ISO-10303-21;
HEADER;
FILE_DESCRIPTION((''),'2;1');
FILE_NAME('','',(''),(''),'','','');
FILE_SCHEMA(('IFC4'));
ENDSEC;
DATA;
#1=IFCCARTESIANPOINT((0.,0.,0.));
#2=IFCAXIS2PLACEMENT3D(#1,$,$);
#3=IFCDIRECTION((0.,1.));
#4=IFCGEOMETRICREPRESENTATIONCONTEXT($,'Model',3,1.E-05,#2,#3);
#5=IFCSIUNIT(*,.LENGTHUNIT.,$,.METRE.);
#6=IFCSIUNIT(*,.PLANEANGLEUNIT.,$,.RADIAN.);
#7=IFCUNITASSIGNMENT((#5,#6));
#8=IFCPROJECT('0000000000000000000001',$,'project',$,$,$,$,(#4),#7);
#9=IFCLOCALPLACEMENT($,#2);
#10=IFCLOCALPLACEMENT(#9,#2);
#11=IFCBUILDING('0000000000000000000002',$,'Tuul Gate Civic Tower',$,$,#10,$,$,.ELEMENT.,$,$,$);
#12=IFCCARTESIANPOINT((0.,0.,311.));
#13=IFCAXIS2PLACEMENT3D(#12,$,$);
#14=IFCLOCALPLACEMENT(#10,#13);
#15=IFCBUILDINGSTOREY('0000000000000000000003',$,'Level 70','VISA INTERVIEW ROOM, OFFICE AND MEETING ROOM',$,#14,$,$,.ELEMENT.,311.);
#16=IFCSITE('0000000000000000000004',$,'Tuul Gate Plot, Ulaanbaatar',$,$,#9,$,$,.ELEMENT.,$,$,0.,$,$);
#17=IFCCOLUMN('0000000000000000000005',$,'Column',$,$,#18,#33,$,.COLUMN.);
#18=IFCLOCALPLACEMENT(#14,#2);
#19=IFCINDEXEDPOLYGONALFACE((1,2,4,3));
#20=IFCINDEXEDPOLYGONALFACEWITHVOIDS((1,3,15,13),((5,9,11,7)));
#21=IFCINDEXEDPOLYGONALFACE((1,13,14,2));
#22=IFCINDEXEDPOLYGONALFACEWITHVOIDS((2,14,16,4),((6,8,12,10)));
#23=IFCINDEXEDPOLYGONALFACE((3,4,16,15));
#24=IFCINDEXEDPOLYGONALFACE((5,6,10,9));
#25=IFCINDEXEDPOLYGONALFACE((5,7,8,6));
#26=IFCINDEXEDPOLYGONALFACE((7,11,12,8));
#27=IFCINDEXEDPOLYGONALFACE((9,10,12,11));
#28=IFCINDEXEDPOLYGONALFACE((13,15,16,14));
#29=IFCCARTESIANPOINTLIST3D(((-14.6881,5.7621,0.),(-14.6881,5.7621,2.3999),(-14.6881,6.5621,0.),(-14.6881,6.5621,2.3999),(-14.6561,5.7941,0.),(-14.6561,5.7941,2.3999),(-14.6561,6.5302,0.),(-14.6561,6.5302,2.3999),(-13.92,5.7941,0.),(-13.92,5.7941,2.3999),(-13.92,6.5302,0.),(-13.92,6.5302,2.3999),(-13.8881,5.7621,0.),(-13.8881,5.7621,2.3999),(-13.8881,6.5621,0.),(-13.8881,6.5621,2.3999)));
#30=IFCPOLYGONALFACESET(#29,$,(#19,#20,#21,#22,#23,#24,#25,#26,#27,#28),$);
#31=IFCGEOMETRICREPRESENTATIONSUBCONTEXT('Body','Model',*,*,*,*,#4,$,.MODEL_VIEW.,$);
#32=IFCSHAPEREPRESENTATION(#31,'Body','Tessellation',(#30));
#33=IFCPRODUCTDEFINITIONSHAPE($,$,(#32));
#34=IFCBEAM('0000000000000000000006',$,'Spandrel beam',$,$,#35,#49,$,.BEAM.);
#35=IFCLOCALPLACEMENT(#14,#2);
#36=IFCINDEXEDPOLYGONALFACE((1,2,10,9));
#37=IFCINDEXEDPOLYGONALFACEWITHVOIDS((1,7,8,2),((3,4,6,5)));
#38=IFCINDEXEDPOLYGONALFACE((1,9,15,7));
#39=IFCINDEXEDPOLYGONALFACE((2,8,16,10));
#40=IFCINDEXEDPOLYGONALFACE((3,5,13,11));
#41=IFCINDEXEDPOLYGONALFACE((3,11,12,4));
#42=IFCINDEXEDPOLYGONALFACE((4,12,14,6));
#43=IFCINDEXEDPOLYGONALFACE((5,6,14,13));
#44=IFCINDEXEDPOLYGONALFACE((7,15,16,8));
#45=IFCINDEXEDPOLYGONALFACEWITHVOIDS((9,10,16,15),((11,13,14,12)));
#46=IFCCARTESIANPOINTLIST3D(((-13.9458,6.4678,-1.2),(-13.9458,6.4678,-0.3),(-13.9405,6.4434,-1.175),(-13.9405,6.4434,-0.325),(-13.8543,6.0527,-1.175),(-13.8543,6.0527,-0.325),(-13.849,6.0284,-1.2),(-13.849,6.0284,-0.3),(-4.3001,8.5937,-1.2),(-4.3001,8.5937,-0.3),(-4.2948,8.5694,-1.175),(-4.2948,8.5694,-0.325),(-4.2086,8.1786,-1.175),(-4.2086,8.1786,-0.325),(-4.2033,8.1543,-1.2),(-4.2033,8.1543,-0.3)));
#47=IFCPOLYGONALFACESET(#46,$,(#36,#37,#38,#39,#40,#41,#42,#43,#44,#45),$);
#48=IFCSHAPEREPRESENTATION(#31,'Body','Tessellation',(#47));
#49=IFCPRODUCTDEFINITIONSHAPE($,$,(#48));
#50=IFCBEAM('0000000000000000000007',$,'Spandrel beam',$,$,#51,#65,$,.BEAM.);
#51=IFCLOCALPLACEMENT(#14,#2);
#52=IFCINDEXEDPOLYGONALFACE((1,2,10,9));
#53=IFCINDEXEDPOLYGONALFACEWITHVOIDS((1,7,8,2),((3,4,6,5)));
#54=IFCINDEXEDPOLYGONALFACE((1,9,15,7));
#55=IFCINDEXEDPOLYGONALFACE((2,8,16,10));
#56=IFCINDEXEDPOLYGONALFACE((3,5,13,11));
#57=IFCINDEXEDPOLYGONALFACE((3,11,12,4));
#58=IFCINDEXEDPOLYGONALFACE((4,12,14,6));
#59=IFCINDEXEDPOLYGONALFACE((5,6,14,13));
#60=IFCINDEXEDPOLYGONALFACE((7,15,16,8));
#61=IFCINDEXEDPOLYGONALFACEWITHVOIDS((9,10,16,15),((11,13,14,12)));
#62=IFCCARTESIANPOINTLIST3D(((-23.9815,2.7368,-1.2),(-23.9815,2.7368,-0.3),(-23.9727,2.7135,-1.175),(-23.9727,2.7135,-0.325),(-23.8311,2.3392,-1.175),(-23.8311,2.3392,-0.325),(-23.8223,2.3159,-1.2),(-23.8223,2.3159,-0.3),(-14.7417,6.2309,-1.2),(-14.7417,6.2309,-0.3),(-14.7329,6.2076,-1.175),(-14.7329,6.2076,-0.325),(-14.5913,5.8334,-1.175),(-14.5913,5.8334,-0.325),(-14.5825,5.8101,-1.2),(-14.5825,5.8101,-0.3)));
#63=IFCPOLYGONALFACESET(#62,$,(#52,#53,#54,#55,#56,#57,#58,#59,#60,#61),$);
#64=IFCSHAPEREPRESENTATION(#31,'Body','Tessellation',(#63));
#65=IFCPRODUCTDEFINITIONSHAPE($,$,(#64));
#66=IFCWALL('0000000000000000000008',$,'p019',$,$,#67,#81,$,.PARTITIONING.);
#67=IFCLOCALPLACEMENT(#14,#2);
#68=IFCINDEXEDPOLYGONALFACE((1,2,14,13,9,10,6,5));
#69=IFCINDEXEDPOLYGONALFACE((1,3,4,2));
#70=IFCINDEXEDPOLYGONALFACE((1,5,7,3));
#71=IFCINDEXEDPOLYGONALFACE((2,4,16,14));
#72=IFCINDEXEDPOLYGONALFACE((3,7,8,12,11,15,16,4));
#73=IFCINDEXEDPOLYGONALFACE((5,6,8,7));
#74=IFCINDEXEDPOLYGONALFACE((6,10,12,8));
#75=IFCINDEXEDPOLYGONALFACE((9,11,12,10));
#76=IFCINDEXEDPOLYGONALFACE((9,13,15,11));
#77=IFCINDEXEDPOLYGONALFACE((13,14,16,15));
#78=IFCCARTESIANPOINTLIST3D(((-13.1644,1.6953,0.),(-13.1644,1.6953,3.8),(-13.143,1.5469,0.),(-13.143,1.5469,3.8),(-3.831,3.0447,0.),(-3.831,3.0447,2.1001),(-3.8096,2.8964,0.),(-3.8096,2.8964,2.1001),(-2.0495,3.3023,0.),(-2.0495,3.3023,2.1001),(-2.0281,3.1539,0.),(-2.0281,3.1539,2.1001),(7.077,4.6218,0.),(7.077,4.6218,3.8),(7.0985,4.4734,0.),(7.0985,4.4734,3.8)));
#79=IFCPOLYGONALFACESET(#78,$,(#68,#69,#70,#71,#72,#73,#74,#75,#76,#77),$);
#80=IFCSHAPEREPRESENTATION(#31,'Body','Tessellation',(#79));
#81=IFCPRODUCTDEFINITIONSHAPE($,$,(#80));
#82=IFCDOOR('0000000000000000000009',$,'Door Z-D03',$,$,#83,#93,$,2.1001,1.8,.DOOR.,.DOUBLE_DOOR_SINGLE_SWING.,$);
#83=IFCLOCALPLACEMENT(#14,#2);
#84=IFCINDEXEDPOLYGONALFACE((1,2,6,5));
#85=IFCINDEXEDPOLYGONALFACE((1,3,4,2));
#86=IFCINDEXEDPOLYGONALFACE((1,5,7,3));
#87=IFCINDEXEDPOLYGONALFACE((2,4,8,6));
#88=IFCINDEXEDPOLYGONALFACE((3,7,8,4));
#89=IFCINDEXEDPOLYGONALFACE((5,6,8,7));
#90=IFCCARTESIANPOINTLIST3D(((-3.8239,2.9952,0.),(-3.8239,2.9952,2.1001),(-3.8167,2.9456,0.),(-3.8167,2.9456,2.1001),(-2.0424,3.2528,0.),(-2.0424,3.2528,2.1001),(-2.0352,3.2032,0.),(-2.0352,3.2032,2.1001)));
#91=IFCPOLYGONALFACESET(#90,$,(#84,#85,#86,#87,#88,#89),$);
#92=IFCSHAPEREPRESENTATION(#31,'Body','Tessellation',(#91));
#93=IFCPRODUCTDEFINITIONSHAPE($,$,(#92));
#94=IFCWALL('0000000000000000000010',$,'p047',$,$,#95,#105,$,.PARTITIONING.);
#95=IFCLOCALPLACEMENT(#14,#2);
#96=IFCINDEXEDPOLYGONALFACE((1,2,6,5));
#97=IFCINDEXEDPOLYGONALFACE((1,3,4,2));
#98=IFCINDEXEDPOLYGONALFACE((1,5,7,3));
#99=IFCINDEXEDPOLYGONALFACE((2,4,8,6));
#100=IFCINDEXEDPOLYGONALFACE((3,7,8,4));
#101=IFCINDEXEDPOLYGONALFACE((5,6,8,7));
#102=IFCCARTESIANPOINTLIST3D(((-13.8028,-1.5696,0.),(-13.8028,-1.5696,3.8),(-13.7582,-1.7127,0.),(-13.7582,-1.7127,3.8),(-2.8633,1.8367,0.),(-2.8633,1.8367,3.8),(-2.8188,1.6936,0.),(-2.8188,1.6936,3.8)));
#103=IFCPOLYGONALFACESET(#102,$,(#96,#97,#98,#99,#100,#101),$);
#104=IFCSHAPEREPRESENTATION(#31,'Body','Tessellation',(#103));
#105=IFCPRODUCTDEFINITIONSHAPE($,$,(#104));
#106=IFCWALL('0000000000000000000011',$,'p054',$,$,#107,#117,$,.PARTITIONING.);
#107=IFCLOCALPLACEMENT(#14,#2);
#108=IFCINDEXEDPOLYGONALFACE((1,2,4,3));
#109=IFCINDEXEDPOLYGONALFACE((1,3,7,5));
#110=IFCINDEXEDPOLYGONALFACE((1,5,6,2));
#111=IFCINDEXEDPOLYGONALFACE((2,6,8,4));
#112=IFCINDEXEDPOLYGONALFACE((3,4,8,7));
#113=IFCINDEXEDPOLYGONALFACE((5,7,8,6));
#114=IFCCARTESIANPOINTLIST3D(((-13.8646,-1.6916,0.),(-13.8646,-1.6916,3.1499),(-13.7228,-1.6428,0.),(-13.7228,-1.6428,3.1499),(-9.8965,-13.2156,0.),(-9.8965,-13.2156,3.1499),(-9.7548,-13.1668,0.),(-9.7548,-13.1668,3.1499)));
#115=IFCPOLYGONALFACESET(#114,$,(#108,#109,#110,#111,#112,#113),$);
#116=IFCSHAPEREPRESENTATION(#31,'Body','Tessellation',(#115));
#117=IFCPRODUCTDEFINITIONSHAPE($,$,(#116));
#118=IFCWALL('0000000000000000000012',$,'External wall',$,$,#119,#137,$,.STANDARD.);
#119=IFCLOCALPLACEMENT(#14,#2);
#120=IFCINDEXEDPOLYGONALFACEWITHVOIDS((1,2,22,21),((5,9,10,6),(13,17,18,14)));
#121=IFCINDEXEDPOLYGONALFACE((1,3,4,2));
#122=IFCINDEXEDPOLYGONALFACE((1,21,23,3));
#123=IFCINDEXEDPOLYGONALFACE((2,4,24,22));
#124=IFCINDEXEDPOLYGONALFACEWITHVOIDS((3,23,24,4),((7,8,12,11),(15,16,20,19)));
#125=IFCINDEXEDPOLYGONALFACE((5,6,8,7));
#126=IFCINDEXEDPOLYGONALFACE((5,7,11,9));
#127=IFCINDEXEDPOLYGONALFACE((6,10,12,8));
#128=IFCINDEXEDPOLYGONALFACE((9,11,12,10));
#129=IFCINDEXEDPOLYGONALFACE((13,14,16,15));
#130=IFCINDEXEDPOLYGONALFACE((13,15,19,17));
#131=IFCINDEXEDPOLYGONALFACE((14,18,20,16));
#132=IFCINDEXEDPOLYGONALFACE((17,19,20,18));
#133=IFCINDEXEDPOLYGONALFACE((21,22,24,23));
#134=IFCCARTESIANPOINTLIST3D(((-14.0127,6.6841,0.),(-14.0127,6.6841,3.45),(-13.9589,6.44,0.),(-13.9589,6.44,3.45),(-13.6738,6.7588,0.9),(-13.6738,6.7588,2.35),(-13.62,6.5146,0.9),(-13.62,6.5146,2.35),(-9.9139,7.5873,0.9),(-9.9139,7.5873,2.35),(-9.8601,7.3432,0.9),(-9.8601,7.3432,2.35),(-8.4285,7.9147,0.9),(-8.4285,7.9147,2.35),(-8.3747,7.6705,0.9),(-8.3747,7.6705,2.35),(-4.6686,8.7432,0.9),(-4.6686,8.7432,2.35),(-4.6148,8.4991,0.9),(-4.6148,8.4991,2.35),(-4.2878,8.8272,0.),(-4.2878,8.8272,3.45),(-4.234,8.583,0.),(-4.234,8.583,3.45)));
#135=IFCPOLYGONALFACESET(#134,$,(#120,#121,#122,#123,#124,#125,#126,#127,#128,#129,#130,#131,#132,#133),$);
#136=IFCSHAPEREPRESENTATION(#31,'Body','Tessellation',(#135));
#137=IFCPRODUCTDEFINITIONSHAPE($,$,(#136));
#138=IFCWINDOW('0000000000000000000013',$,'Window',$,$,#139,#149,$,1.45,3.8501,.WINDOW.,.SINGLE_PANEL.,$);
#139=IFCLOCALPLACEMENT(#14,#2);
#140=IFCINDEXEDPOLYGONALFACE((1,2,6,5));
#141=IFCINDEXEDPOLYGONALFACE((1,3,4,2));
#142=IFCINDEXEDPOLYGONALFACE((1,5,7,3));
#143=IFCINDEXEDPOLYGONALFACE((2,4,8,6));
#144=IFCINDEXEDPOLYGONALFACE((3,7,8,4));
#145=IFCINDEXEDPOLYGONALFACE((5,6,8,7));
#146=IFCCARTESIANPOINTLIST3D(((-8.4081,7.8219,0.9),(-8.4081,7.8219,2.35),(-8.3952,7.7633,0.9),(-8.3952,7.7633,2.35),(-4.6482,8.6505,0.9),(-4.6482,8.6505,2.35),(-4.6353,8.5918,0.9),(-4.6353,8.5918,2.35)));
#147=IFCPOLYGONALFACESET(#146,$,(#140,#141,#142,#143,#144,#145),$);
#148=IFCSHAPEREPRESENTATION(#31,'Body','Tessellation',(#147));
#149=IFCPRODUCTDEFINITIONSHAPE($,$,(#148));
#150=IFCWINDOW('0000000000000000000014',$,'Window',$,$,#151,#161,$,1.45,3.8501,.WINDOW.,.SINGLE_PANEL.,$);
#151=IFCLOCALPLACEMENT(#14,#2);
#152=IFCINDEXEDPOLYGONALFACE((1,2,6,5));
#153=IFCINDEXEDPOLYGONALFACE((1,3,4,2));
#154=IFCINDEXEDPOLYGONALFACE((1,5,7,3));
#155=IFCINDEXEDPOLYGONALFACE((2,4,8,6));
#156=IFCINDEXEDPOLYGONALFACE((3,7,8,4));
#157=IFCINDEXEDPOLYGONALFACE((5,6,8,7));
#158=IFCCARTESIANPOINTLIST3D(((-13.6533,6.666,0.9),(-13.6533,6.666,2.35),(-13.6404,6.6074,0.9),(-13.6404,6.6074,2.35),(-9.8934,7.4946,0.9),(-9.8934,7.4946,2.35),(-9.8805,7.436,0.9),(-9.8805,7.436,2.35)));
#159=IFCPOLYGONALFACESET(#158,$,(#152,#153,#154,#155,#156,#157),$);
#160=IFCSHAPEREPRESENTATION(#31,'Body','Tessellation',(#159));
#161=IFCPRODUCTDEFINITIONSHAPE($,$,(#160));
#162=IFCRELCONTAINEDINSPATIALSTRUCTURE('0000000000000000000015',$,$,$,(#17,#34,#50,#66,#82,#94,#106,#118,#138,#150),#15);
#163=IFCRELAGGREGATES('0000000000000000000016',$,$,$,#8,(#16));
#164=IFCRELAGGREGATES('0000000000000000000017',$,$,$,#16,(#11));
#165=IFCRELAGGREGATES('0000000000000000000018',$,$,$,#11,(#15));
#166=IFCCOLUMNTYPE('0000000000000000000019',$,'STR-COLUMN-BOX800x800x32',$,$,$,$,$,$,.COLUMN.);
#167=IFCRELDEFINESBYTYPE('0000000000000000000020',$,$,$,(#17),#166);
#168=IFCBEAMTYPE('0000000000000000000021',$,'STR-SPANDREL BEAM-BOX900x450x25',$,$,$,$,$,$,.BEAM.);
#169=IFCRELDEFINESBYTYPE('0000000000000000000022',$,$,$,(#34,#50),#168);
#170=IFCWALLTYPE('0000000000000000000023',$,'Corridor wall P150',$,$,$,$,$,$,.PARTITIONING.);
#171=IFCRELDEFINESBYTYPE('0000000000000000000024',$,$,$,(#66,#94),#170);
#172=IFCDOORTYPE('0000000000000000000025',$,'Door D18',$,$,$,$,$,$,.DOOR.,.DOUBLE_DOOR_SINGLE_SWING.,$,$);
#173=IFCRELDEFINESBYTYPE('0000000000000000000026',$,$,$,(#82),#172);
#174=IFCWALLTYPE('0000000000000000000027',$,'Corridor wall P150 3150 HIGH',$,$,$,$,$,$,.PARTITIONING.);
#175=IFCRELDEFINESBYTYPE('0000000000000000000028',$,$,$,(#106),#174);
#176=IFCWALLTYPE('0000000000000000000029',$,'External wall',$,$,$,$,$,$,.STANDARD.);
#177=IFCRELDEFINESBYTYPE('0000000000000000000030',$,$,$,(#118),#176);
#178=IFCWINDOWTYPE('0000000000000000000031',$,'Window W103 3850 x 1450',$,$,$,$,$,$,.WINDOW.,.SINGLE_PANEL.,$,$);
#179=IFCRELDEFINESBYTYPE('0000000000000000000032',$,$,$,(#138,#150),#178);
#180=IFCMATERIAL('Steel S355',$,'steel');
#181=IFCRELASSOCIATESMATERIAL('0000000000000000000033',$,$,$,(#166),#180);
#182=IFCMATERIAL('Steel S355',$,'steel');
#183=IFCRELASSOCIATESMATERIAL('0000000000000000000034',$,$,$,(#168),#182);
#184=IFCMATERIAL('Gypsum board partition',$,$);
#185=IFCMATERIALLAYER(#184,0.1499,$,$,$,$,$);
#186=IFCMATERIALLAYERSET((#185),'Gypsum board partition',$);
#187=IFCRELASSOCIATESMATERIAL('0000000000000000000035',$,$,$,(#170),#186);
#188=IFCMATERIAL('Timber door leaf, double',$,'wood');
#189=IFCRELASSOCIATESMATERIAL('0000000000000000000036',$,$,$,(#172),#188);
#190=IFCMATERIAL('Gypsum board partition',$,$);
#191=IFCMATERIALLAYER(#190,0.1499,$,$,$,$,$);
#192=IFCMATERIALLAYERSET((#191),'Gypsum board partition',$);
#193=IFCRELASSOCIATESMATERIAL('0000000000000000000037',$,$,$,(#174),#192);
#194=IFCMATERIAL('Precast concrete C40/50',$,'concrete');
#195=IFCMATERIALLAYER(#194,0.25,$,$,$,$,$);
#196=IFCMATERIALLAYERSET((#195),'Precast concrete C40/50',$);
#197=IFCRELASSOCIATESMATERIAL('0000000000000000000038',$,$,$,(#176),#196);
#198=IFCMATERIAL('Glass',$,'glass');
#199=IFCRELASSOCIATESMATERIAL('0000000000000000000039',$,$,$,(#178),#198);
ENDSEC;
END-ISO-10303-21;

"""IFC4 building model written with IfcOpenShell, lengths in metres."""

from ifc_helpers import new_model, si_unit, direction, frame, frame_2d, origin, origin_2d, place, context, subcontext, project, spatial, rectangle, hollow_rectangle, extrude, material, layer, layer_set, material_profile, profile_set, type_object, element, fill, save


model = new_model("IFC4")

# Units and contexts
model_context = context("Model", 3, precision=1e-05, world=origin(), true_north=direction((0.0, 1.0)))
body_context = subcontext(model_context, "Body", "Model", "MODEL_VIEW")
ifc_project = project(units=[si_unit("LENGTHUNIT", "METRE"), si_unit("PLANEANGLEUNIT", "RADIAN")], contexts=[model_context])

# Site, building, storey
site_placement = place(None, origin())
site = spatial("IfcSite", under=ifc_project, at=site_placement, Name="Tuul Gate Plot, Ulaanbaatar", CompositionType="ELEMENT", RefElevation=0.0)
building_placement = place(site_placement, origin())
building = spatial("IfcBuilding", under=site, at=building_placement, Name="Tuul Gate Civic Tower", CompositionType="ELEMENT")
storey_placement = place(building_placement, frame((0.0, 0.0, 311.0)))
storey = spatial("IfcBuildingStorey", under=building, at=storey_placement, Name="Level 70", Description="VISA INTERVIEW ROOM, OFFICE AND MEETING ROOM", CompositionType="ELEMENT", Elevation=311.0)

# Column
ifc_material_1 = material(Name="Steel S355", Category="steel")
ifc_material_profile_1 = material_profile(ifc_material_1, hollow_rectangle(XDim=0.8, YDim=0.8, WallThickness=0.032, at=origin_2d()), Name="BOX800x800x32")
ifc_profile_set_1 = profile_set([ifc_material_profile_1], Name="Steel S355")
column_type = type_object("IfcColumnType", Name="STR-COLUMN-BOX800x800x32", PredefinedType="COLUMN", material=ifc_profile_set_1)
column_placement = place(storey_placement, frame((-14.2881, 6.1621, 0.0), z_axis=(0.0, 0.0, 1.0), x_axis=(1.0, 0.0, 0.0)))
element("IfcColumn", 1, at=column_placement, inside=storey, type_object=column_type, Name="Column", PredefinedType="COLUMN", context=body_context, shape_type="SweptSolid", body=[
    extrude(hollow_rectangle(XDim=0.8, YDim=0.8, WallThickness=0.032, at=origin_2d()), origin(), (0.0, 0.0, 1.0), 2.3999),
])

# Beams
ifc_material_2 = material(Name="Steel S355", Category="steel")
ifc_material_profile_2 = material_profile(ifc_material_2, hollow_rectangle(XDim=0.45, YDim=0.8999, WallThickness=0.0249, at=origin_2d()), Name="BOX900x450x25")
ifc_profile_set_2 = profile_set([ifc_material_profile_2], Name="Steel S355")
beam_type = type_object("IfcBeamType", Name="STR-SPANDREL BEAM-BOX900x450x25", PredefinedType="BEAM", material=ifc_profile_set_2)
beam_1_placement = place(storey_placement, frame((-4.2517, 8.374, -0.75), z_axis=(-0.976561, -0.215239, 0.0), x_axis=(0.215239, -0.976561, 0.0)))
element("IfcBeam", 2, at=beam_1_placement, inside=storey, type_object=beam_type, Name="Spandrel beam", PredefinedType="BEAM", context=body_context, shape_type="SweptSolid", body=[
    extrude(hollow_rectangle(XDim=0.45, YDim=0.8999, WallThickness=0.0249, at=origin_2d()), origin(), (0.0, 0.0, 1.0), 9.8772),
])
beam_2_placement = place(storey_placement, frame((-14.6621, 6.0205, -0.75), z_axis=(-0.935353, -0.353717, 0.0), x_axis=(0.353717, -0.935353, 0.0)))
element("IfcBeam", 3, at=beam_2_placement, inside=storey, type_object=beam_type, Name="Spandrel beam", PredefinedType="BEAM", context=body_context, shape_type="SweptSolid", body=[
    extrude(hollow_rectangle(XDim=0.45, YDim=0.8999, WallThickness=0.0249, at=origin_2d()), origin(), (0.0, 0.0, 1.0), 9.8784),
])

# Wall, opening, door
ifc_material_3 = material(Name="Gypsum board partition")
ifc_layer_1 = layer(ifc_material_3, 0.1499)
ifc_layer_set_1 = layer_set([ifc_layer_1], Name="Gypsum board partition")
wall_type_1 = type_object("IfcWallType", Name="Corridor wall P150", PredefinedType="PARTITIONING", material=ifc_layer_set_1)
wall_1_placement = place(storey_placement, frame((-13.1538, 1.6211, 0.0), z_axis=(0.0, 0.0, 1.0), x_axis=(0.989709, 0.143092, 0.0)))
wall_1 = element("IfcWall", 4, at=wall_1_placement, inside=storey, type_object=wall_type_1, Name="p019", PredefinedType="PARTITIONING", context=body_context, shape_type="SweptSolid", body=[
    extrude(rectangle(XDim=20.4519, YDim=0.1499, at=frame_2d((10.2261, 0.0))), origin(), (0.0, 0.0, 1.0), 3.8),
])
opening_1_placement = place(wall_1_placement, frame((9.4307, 0.0, 0.0)))
opening_1 = element("IfcOpeningElement", 5, at=opening_1_placement, cuts=wall_1, PredefinedType="OPENING", context=body_context, shape_type="SweptSolid", body=[
    extrude(rectangle(XDim=1.8, YDim=2.1001, at=frame_2d((0.8999, 1.05))), frame((0.0, 0.085, 0.0), z_axis=(0.0, -1.0, 0.0), x_axis=(1.0, 0.0, 0.0)), (0.0, 0.0, 1.0), 0.1699),
])
ifc_material_4 = material(Name="Timber door leaf, double", Category="wood")
door_type = type_object("IfcDoorType", Name="Door D18", OperationType="DOUBLE_DOOR_SINGLE_SWING", PredefinedType="DOOR", material=ifc_material_4)
door_placement = place(opening_1_placement, origin())
door = element("IfcDoor", 6, at=door_placement, inside=storey, type_object=door_type, Name="Door Z-D03", OperationType="DOUBLE_DOOR_SINGLE_SWING", OverallHeight=2.1001, OverallWidth=1.8, PredefinedType="DOOR", context=body_context, shape_type="SweptSolid", body=[
    extrude(rectangle(XDim=1.8, YDim=2.1001, at=frame_2d((0.8999, 1.05))), frame((0.0, 0.0249, 0.0), z_axis=(0.0, -1.0, 0.0), x_axis=(1.0, 0.0, 0.0)), (0.0, 0.0, 1.0), 0.05),
])
fill(opening_1, door)

# Walls
wall_2_placement = place(storey_placement, frame((-13.7805, -1.6411, 0.0), z_axis=(0.0, 0.0, 1.0), x_axis=(0.954786, 0.297294, 0.0)))
element("IfcWall", 7, at=wall_2_placement, inside=storey, type_object=wall_type_1, Name="p047", PredefinedType="PARTITIONING", context=body_context, shape_type="SweptSolid", body=[
    extrude(rectangle(XDim=11.4575, YDim=0.1499, at=frame_2d((5.7288, 0.0))), origin(), (0.0, 0.0, 1.0), 3.8),
])
ifc_material_5 = material(Name="Gypsum board partition")
ifc_layer_2 = layer(ifc_material_5, 0.1499)
ifc_layer_set_2 = layer_set([ifc_layer_2], Name="Gypsum board partition")
wall_type_2 = type_object("IfcWallType", Name="Corridor wall P150 3150 HIGH", PredefinedType="PARTITIONING", material=ifc_layer_set_2)
wall_3_placement = place(storey_placement, frame((-13.7937, -1.6672, 0.0), z_axis=(0.0, 0.0, 1.0), x_axis=(0.325569, -0.945518, 0.0)))
element("IfcWall", 8, at=wall_3_placement, inside=storey, type_object=wall_type_2, Name="p054", PredefinedType="PARTITIONING", context=body_context, shape_type="SweptSolid", body=[
    extrude(rectangle(XDim=12.188, YDim=0.1499, at=frame_2d((6.094, 0.0))), origin(), (0.0, 0.0, 1.0), 3.1499),
])

# Wall, openings, windows
ifc_material_6 = material(Name="Precast concrete C40/50", Category="concrete")
ifc_layer_3 = layer(ifc_material_6, 0.25)
ifc_layer_set_3 = layer_set([ifc_layer_3], Name="Precast concrete C40/50")
wall_type_3 = type_object("IfcWallType", Name="External wall", PredefinedType="STANDARD", material=ifc_layer_set_3)
wall_4_placement = place(storey_placement, frame((-4.261, 8.7051, 0.0), z_axis=(0.0, 0.0, 1.0), x_axis=(-0.976569, -0.215206, 0.0)))
wall_4 = element("IfcWall", 9, at=wall_4_placement, inside=storey, type_object=wall_type_3, Name="External wall", PredefinedType="STANDARD", context=body_context, shape_type="SweptSolid", body=[
    extrude(rectangle(XDim=9.9583, YDim=0.25, at=frame_2d((4.979, 0.0))), origin(), (0.0, 0.0, 1.0), 3.45),
])
opening_2_placement = place(wall_4_placement, frame((0.3899, 0.0, 0.8999)))
opening_2 = element("IfcOpeningElement", 10, at=opening_2_placement, cuts=wall_4, PredefinedType="OPENING", context=body_context, shape_type="SweptSolid", body=[
    extrude(rectangle(XDim=3.8501, YDim=1.45, at=frame_2d((1.925, 0.7251))), frame((0.0, 0.135, 0.0), z_axis=(0.0, -1.0, 0.0), x_axis=(1.0, 0.0, 0.0)), (0.0, 0.0, 1.0), 0.27),
])
opening_3_placement = place(wall_4_placement, frame((5.761, 0.0, 0.8999)))
opening_3 = element("IfcOpeningElement", 11, at=opening_3_placement, cuts=wall_4, PredefinedType="OPENING", context=body_context, shape_type="SweptSolid", body=[
    extrude(rectangle(XDim=3.8501, YDim=1.45, at=frame_2d((1.925, 0.7251))), frame((0.0, 0.135, 0.0), z_axis=(0.0, -1.0, 0.0), x_axis=(1.0, 0.0, 0.0)), (0.0, 0.0, 1.0), 0.27),
])
ifc_material_7 = material(Name="Glass", Category="glass")
window_type = type_object("IfcWindowType", Name="Window W103 3850 x 1450", PartitioningType="SINGLE_PANEL", PredefinedType="WINDOW", material=ifc_material_7)
window_1_placement = place(opening_2_placement, origin())
window_1 = element("IfcWindow", 12, at=window_1_placement, inside=storey, type_object=window_type, Name="Window", OverallHeight=1.45, OverallWidth=3.8501, PartitioningType="SINGLE_PANEL", PredefinedType="WINDOW", context=body_context, shape_type="SweptSolid", body=[
    extrude(rectangle(XDim=3.8501, YDim=1.45, at=frame_2d((1.925, 0.7251))), frame((0.0, 0.03, 0.0), z_axis=(0.0, -1.0, 0.0), x_axis=(1.0, 0.0, 0.0)), (0.0, 0.0, 1.0), 0.0601),
])
fill(opening_2, window_1)
window_2_placement = place(opening_3_placement, origin())
window_2 = element("IfcWindow", 13, at=window_2_placement, inside=storey, type_object=window_type, Name="Window", OverallHeight=1.45, OverallWidth=3.8501, PartitioningType="SINGLE_PANEL", PredefinedType="WINDOW", context=body_context, shape_type="SweptSolid", body=[
    extrude(rectangle(XDim=3.8501, YDim=1.45, at=frame_2d((1.925, 0.7251))), frame((0.0, 0.03, 0.0), z_axis=(0.0, -1.0, 0.0), x_axis=(1.0, 0.0, 0.0)), (0.0, 0.0, 1.0), 0.0601),
])
fill(opening_3, window_2)

save(model, "model.ifc")
